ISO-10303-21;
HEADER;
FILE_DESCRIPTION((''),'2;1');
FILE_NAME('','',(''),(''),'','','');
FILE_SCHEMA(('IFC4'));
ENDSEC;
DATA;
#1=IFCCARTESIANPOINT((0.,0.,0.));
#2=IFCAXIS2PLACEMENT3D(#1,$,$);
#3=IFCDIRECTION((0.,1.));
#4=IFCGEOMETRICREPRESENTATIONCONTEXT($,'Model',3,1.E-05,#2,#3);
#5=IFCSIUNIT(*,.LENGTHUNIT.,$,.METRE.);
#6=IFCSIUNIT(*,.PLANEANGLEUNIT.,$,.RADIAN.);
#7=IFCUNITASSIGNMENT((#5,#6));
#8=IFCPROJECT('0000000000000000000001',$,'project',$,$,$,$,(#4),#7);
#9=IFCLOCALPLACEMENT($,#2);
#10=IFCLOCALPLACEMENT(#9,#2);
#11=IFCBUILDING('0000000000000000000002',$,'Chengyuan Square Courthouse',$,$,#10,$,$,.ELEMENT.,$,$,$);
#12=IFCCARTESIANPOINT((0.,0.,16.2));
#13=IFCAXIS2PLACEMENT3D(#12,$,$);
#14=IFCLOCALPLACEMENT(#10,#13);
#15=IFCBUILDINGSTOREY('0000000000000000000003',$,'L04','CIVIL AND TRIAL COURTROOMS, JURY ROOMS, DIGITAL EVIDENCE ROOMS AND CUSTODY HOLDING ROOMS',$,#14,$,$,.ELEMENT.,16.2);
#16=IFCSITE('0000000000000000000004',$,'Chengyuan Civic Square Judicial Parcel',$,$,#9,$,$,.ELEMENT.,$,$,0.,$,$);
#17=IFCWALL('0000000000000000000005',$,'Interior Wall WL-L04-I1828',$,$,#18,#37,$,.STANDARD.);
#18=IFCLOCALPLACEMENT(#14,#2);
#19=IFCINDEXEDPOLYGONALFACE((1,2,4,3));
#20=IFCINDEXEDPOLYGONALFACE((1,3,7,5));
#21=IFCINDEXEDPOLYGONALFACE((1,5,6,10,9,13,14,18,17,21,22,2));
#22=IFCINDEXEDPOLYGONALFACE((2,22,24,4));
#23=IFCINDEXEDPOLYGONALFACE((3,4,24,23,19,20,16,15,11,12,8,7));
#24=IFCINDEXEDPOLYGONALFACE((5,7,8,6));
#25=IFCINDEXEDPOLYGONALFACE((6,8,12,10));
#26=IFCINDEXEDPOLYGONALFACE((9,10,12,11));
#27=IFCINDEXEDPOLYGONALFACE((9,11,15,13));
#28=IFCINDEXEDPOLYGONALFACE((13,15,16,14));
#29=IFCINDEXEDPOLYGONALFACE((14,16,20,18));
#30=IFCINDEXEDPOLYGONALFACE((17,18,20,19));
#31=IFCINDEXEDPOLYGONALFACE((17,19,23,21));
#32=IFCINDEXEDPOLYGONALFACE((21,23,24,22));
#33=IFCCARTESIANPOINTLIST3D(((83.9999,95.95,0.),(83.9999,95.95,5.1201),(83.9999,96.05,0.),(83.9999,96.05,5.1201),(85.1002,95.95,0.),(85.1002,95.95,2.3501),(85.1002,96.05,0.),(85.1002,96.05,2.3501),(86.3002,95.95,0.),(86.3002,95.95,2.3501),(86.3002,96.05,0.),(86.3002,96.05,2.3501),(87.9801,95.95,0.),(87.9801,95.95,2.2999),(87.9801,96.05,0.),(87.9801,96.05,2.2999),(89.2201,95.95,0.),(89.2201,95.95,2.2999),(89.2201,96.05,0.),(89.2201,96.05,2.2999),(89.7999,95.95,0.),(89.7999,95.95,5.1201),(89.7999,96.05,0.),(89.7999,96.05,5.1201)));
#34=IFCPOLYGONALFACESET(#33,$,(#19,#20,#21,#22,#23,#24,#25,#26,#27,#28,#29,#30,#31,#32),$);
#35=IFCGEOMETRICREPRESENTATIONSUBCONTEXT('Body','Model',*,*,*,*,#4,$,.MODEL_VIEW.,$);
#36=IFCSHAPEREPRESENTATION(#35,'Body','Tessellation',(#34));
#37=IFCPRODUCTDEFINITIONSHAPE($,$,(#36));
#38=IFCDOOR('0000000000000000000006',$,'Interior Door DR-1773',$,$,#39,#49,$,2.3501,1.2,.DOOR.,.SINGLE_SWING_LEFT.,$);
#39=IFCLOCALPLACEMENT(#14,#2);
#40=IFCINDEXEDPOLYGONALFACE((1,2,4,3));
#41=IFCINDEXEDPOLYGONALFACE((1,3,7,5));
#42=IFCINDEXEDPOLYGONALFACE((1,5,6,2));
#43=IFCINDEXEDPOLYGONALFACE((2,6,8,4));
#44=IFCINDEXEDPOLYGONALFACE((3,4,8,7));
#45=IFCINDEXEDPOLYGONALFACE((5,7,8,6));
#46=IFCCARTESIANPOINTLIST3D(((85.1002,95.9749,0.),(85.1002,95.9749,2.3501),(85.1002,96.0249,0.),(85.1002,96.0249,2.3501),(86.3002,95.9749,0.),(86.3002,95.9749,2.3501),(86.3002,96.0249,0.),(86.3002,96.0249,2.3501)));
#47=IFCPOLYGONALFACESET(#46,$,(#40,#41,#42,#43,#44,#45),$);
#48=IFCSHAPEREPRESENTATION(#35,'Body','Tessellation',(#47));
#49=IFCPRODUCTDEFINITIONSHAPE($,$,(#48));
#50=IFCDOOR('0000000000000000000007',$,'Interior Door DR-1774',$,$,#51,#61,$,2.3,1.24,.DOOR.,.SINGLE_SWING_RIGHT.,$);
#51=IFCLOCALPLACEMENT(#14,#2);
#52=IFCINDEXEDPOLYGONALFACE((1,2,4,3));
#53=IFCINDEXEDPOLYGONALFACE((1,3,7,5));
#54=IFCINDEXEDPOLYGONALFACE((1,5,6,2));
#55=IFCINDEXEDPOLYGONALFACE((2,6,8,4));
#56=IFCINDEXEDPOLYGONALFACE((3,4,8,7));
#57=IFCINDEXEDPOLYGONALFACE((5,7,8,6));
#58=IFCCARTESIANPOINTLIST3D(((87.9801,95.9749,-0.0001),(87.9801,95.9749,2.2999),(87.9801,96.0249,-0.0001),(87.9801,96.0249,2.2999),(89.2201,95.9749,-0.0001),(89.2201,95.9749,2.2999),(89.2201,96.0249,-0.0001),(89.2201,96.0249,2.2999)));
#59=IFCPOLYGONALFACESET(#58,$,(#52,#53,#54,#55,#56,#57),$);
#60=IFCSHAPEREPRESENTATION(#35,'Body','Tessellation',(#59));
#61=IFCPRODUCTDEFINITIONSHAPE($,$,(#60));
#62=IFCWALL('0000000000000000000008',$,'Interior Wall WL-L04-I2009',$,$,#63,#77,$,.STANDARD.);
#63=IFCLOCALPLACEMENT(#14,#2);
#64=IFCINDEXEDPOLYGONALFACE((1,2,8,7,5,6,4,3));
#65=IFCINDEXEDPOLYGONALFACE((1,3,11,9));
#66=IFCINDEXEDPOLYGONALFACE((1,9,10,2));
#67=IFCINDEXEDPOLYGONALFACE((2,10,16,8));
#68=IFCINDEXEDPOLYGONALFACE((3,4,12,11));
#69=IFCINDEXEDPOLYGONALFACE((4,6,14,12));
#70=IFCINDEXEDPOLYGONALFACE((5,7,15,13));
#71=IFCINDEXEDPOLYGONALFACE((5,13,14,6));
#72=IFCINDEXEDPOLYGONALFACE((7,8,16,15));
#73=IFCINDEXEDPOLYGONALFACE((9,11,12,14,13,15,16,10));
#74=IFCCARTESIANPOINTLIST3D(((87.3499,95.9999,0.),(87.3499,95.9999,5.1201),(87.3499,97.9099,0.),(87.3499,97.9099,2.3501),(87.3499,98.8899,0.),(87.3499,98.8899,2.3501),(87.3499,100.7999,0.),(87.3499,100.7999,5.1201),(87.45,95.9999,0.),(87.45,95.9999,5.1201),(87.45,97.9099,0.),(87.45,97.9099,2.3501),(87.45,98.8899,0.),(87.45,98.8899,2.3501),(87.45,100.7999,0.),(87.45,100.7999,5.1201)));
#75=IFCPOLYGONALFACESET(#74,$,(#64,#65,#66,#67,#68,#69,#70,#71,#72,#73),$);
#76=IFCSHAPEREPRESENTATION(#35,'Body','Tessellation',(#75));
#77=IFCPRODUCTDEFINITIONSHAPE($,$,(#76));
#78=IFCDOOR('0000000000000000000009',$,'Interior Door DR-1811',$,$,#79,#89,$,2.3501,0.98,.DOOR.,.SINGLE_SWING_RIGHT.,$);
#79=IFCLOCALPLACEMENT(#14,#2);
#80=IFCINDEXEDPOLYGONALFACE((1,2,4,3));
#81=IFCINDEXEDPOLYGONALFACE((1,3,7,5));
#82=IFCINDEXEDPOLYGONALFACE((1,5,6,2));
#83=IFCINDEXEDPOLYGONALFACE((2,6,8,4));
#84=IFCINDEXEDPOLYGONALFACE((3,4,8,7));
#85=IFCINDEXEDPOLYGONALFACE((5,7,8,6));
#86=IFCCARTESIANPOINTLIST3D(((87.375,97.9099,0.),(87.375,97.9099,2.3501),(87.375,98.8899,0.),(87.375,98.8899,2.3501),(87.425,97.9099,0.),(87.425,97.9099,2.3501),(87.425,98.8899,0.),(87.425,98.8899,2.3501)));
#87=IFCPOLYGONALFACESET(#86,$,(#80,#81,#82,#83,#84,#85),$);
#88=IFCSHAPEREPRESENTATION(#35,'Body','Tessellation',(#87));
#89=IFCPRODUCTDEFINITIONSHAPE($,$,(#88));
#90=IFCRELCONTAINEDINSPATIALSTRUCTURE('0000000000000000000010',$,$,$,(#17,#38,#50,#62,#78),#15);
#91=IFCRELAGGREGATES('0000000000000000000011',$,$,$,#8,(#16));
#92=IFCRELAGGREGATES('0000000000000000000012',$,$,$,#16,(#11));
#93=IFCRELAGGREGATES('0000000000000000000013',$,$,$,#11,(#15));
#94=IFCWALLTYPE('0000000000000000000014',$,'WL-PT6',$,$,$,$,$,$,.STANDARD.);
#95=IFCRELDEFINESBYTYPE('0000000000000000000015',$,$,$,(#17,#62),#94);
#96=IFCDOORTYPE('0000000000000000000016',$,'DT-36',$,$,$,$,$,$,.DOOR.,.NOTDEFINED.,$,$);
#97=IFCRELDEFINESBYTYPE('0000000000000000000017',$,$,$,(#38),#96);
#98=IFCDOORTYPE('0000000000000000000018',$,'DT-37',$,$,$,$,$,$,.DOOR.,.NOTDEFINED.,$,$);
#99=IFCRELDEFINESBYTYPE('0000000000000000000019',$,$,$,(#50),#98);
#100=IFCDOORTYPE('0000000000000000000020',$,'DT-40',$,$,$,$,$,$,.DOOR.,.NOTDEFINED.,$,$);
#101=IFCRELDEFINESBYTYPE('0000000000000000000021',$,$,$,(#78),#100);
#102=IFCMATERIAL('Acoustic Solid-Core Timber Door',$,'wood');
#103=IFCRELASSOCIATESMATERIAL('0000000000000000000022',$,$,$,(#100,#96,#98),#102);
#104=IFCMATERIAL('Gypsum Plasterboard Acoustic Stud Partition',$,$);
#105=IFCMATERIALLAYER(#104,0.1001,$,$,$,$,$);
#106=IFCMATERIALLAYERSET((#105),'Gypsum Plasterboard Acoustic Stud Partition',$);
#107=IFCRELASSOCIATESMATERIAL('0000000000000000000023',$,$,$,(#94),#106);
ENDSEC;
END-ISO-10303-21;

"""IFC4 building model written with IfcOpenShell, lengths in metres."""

from ifc_helpers import new_model, si_unit, direction, frame, frame_2d, origin, place, context, subcontext, project, spatial, rectangle, extrude, material, layer, layer_set, type_object, element, fill, save


model = new_model("IFC4")

# Units and contexts
model_context = context("Model", 3, precision=1e-05, world=origin(), true_north=direction((0.0, 1.0)))
body_context = subcontext(model_context, "Body", "Model", "MODEL_VIEW")
ifc_project = project(units=[si_unit("LENGTHUNIT", "METRE"), si_unit("PLANEANGLEUNIT", "RADIAN")], contexts=[model_context])

# Site, building, storey
site_placement = place(None, origin())
site = spatial("IfcSite", under=ifc_project, at=site_placement, Name="Chengyuan Civic Square Judicial Parcel", CompositionType="ELEMENT", RefElevation=0.0)
building_placement = place(site_placement, origin())
building = spatial("IfcBuilding", under=site, at=building_placement, Name="Chengyuan Square Courthouse", CompositionType="ELEMENT")
storey_placement = place(building_placement, frame((0.0, 0.0, 16.2)))
storey = spatial("IfcBuildingStorey", under=building, at=storey_placement, Name="L04", Description="CIVIL AND TRIAL COURTROOMS, JURY ROOMS, DIGITAL EVIDENCE ROOMS AND CUSTODY HOLDING ROOMS", CompositionType="ELEMENT", Elevation=16.2)

# Shared definitions
ifc_material_1 = material(Name="Acoustic Solid-Core Timber Door", Category="wood")
door_type_1 = type_object("IfcDoorType", Name="DT-40", OperationType="NOTDEFINED", PredefinedType="DOOR", material=ifc_material_1)

# Wall, openings, doors
ifc_material_2 = material(Name="Gypsum Plasterboard Acoustic Stud Partition")
ifc_layer_1 = layer(ifc_material_2, 0.1001)
ifc_layer_set_1 = layer_set([ifc_layer_1], Name="Gypsum Plasterboard Acoustic Stud Partition")
wall_type_1 = type_object("IfcWallType", Name="WL-PT6", PredefinedType="STANDARD", material=ifc_layer_set_1)
wall_1_placement = place(storey_placement, frame((84.0, 96.0, 0.0), z_axis=(0.0, 0.0, 1.0), x_axis=(1.0, 0.0, 0.0)))
wall_1 = element("IfcWall", 1, at=wall_1_placement, inside=storey, type_object=wall_type_1, Name="Interior Wall WL-L04-I1828", PredefinedType="STANDARD", context=body_context, shape_type="SweptSolid", body=[
    extrude(rectangle(XDim=5.8, YDim=0.1001, at=frame_2d((2.8999, 0.0))), origin(), (0.0, 0.0, 1.0), 5.1201),
])
opening_1_placement = place(wall_1_placement, frame((1.1001, 0.0, 0.0)))
opening_1 = element("IfcOpeningElement", 2, at=opening_1_placement, cuts=wall_1, PredefinedType="OPENING", context=body_context, shape_type="SweptSolid", body=[
    extrude(rectangle(XDim=1.2, YDim=2.3501, at=frame_2d((0.6001, 1.175))), frame((0.0, 0.062, 0.0), z_axis=(0.0, -1.0, 0.0), x_axis=(1.0, 0.0, 0.0)), (0.0, 0.0, 1.0), 0.124),
])
opening_2_placement = place(wall_1_placement, frame((3.98, 0.0, 0.0)))
opening_2 = element("IfcOpeningElement", 3, at=opening_2_placement, cuts=wall_1, PredefinedType="OPENING", context=body_context, shape_type="SweptSolid", body=[
    extrude(rectangle(XDim=1.24, YDim=2.3, at=frame_2d((0.6201, 1.1499))), frame((0.0, 0.062, 0.0), z_axis=(0.0, -1.0, 0.0), x_axis=(1.0, 0.0, 0.0)), (0.0, 0.0, 1.0), 0.124),
])
door_type_2 = type_object("IfcDoorType", Name="DT-36", OperationType="NOTDEFINED", PredefinedType="DOOR", material=ifc_material_1)
door_1_placement = place(opening_1_placement, origin())
door_1 = element("IfcDoor", 4, at=door_1_placement, inside=storey, type_object=door_type_2, Name="Interior Door DR-1773", OperationType="SINGLE_SWING_LEFT", OverallHeight=2.3501, OverallWidth=1.2, PredefinedType="DOOR", context=body_context, shape_type="SweptSolid", body=[
    extrude(rectangle(XDim=1.2, YDim=2.3501, at=frame_2d((0.6001, 1.175))), frame((0.0, 0.0249, 0.0), z_axis=(0.0, -1.0, 0.0), x_axis=(1.0, 0.0, 0.0)), (0.0, 0.0, 1.0), 0.05),
])
fill(opening_1, door_1)
door_type_3 = type_object("IfcDoorType", Name="DT-37", OperationType="NOTDEFINED", PredefinedType="DOOR", material=ifc_material_1)
door_2_placement = place(opening_2_placement, origin())
door_2 = element("IfcDoor", 5, at=door_2_placement, inside=storey, type_object=door_type_3, Name="Interior Door DR-1774", OperationType="SINGLE_SWING_RIGHT", OverallHeight=2.3, OverallWidth=1.24, PredefinedType="DOOR", context=body_context, shape_type="SweptSolid", body=[
    extrude(rectangle(XDim=1.24, YDim=2.3, at=frame_2d((0.6201, 1.1499))), frame((0.0, 0.0249, 0.0), z_axis=(0.0, -1.0, 0.0), x_axis=(1.0, 0.0, 0.0)), (0.0, 0.0, 1.0), 0.05),
])
fill(opening_2, door_2)

# Wall, opening, door
wall_2_placement = place(storey_placement, frame((87.3999, 96.0, 0.0), z_axis=(0.0, 0.0, 1.0), x_axis=(0.0, 1.0, 0.0)))
wall_2 = element("IfcWall", 6, at=wall_2_placement, inside=storey, type_object=wall_type_1, Name="Interior Wall WL-L04-I2009", PredefinedType="STANDARD", context=body_context, shape_type="SweptSolid", body=[
    extrude(rectangle(XDim=4.8, YDim=0.1001, at=frame_2d((2.3999, 0.0))), origin(), (0.0, 0.0, 1.0), 5.1201),
])
opening_3_placement = place(wall_2_placement, frame((1.9099, 0.0, 0.0)))
opening_3 = element("IfcOpeningElement", 7, at=opening_3_placement, cuts=wall_2, PredefinedType="OPENING", context=body_context, shape_type="SweptSolid", body=[
    extrude(rectangle(XDim=0.98, YDim=2.3501, at=frame_2d((0.49, 1.175))), frame((0.0, 0.062, 0.0), z_axis=(0.0, -1.0, 0.0), x_axis=(1.0, 0.0, 0.0)), (0.0, 0.0, 1.0), 0.124),
])
door_3_placement = place(opening_3_placement, origin())
door_3 = element("IfcDoor", 8, at=door_3_placement, inside=storey, type_object=door_type_1, Name="Interior Door DR-1811", OperationType="SINGLE_SWING_RIGHT", OverallHeight=2.3501, OverallWidth=0.98, PredefinedType="DOOR", context=body_context, shape_type="SweptSolid", body=[
    extrude(rectangle(XDim=0.98, YDim=2.3501, at=frame_2d((0.49, 1.175))), frame((0.0, 0.0249, 0.0), z_axis=(0.0, -1.0, 0.0), x_axis=(1.0, 0.0, 0.0)), (0.0, 0.0, 1.0), 0.05),
])
fill(opening_3, door_3)

save(model, "model.ifc")
